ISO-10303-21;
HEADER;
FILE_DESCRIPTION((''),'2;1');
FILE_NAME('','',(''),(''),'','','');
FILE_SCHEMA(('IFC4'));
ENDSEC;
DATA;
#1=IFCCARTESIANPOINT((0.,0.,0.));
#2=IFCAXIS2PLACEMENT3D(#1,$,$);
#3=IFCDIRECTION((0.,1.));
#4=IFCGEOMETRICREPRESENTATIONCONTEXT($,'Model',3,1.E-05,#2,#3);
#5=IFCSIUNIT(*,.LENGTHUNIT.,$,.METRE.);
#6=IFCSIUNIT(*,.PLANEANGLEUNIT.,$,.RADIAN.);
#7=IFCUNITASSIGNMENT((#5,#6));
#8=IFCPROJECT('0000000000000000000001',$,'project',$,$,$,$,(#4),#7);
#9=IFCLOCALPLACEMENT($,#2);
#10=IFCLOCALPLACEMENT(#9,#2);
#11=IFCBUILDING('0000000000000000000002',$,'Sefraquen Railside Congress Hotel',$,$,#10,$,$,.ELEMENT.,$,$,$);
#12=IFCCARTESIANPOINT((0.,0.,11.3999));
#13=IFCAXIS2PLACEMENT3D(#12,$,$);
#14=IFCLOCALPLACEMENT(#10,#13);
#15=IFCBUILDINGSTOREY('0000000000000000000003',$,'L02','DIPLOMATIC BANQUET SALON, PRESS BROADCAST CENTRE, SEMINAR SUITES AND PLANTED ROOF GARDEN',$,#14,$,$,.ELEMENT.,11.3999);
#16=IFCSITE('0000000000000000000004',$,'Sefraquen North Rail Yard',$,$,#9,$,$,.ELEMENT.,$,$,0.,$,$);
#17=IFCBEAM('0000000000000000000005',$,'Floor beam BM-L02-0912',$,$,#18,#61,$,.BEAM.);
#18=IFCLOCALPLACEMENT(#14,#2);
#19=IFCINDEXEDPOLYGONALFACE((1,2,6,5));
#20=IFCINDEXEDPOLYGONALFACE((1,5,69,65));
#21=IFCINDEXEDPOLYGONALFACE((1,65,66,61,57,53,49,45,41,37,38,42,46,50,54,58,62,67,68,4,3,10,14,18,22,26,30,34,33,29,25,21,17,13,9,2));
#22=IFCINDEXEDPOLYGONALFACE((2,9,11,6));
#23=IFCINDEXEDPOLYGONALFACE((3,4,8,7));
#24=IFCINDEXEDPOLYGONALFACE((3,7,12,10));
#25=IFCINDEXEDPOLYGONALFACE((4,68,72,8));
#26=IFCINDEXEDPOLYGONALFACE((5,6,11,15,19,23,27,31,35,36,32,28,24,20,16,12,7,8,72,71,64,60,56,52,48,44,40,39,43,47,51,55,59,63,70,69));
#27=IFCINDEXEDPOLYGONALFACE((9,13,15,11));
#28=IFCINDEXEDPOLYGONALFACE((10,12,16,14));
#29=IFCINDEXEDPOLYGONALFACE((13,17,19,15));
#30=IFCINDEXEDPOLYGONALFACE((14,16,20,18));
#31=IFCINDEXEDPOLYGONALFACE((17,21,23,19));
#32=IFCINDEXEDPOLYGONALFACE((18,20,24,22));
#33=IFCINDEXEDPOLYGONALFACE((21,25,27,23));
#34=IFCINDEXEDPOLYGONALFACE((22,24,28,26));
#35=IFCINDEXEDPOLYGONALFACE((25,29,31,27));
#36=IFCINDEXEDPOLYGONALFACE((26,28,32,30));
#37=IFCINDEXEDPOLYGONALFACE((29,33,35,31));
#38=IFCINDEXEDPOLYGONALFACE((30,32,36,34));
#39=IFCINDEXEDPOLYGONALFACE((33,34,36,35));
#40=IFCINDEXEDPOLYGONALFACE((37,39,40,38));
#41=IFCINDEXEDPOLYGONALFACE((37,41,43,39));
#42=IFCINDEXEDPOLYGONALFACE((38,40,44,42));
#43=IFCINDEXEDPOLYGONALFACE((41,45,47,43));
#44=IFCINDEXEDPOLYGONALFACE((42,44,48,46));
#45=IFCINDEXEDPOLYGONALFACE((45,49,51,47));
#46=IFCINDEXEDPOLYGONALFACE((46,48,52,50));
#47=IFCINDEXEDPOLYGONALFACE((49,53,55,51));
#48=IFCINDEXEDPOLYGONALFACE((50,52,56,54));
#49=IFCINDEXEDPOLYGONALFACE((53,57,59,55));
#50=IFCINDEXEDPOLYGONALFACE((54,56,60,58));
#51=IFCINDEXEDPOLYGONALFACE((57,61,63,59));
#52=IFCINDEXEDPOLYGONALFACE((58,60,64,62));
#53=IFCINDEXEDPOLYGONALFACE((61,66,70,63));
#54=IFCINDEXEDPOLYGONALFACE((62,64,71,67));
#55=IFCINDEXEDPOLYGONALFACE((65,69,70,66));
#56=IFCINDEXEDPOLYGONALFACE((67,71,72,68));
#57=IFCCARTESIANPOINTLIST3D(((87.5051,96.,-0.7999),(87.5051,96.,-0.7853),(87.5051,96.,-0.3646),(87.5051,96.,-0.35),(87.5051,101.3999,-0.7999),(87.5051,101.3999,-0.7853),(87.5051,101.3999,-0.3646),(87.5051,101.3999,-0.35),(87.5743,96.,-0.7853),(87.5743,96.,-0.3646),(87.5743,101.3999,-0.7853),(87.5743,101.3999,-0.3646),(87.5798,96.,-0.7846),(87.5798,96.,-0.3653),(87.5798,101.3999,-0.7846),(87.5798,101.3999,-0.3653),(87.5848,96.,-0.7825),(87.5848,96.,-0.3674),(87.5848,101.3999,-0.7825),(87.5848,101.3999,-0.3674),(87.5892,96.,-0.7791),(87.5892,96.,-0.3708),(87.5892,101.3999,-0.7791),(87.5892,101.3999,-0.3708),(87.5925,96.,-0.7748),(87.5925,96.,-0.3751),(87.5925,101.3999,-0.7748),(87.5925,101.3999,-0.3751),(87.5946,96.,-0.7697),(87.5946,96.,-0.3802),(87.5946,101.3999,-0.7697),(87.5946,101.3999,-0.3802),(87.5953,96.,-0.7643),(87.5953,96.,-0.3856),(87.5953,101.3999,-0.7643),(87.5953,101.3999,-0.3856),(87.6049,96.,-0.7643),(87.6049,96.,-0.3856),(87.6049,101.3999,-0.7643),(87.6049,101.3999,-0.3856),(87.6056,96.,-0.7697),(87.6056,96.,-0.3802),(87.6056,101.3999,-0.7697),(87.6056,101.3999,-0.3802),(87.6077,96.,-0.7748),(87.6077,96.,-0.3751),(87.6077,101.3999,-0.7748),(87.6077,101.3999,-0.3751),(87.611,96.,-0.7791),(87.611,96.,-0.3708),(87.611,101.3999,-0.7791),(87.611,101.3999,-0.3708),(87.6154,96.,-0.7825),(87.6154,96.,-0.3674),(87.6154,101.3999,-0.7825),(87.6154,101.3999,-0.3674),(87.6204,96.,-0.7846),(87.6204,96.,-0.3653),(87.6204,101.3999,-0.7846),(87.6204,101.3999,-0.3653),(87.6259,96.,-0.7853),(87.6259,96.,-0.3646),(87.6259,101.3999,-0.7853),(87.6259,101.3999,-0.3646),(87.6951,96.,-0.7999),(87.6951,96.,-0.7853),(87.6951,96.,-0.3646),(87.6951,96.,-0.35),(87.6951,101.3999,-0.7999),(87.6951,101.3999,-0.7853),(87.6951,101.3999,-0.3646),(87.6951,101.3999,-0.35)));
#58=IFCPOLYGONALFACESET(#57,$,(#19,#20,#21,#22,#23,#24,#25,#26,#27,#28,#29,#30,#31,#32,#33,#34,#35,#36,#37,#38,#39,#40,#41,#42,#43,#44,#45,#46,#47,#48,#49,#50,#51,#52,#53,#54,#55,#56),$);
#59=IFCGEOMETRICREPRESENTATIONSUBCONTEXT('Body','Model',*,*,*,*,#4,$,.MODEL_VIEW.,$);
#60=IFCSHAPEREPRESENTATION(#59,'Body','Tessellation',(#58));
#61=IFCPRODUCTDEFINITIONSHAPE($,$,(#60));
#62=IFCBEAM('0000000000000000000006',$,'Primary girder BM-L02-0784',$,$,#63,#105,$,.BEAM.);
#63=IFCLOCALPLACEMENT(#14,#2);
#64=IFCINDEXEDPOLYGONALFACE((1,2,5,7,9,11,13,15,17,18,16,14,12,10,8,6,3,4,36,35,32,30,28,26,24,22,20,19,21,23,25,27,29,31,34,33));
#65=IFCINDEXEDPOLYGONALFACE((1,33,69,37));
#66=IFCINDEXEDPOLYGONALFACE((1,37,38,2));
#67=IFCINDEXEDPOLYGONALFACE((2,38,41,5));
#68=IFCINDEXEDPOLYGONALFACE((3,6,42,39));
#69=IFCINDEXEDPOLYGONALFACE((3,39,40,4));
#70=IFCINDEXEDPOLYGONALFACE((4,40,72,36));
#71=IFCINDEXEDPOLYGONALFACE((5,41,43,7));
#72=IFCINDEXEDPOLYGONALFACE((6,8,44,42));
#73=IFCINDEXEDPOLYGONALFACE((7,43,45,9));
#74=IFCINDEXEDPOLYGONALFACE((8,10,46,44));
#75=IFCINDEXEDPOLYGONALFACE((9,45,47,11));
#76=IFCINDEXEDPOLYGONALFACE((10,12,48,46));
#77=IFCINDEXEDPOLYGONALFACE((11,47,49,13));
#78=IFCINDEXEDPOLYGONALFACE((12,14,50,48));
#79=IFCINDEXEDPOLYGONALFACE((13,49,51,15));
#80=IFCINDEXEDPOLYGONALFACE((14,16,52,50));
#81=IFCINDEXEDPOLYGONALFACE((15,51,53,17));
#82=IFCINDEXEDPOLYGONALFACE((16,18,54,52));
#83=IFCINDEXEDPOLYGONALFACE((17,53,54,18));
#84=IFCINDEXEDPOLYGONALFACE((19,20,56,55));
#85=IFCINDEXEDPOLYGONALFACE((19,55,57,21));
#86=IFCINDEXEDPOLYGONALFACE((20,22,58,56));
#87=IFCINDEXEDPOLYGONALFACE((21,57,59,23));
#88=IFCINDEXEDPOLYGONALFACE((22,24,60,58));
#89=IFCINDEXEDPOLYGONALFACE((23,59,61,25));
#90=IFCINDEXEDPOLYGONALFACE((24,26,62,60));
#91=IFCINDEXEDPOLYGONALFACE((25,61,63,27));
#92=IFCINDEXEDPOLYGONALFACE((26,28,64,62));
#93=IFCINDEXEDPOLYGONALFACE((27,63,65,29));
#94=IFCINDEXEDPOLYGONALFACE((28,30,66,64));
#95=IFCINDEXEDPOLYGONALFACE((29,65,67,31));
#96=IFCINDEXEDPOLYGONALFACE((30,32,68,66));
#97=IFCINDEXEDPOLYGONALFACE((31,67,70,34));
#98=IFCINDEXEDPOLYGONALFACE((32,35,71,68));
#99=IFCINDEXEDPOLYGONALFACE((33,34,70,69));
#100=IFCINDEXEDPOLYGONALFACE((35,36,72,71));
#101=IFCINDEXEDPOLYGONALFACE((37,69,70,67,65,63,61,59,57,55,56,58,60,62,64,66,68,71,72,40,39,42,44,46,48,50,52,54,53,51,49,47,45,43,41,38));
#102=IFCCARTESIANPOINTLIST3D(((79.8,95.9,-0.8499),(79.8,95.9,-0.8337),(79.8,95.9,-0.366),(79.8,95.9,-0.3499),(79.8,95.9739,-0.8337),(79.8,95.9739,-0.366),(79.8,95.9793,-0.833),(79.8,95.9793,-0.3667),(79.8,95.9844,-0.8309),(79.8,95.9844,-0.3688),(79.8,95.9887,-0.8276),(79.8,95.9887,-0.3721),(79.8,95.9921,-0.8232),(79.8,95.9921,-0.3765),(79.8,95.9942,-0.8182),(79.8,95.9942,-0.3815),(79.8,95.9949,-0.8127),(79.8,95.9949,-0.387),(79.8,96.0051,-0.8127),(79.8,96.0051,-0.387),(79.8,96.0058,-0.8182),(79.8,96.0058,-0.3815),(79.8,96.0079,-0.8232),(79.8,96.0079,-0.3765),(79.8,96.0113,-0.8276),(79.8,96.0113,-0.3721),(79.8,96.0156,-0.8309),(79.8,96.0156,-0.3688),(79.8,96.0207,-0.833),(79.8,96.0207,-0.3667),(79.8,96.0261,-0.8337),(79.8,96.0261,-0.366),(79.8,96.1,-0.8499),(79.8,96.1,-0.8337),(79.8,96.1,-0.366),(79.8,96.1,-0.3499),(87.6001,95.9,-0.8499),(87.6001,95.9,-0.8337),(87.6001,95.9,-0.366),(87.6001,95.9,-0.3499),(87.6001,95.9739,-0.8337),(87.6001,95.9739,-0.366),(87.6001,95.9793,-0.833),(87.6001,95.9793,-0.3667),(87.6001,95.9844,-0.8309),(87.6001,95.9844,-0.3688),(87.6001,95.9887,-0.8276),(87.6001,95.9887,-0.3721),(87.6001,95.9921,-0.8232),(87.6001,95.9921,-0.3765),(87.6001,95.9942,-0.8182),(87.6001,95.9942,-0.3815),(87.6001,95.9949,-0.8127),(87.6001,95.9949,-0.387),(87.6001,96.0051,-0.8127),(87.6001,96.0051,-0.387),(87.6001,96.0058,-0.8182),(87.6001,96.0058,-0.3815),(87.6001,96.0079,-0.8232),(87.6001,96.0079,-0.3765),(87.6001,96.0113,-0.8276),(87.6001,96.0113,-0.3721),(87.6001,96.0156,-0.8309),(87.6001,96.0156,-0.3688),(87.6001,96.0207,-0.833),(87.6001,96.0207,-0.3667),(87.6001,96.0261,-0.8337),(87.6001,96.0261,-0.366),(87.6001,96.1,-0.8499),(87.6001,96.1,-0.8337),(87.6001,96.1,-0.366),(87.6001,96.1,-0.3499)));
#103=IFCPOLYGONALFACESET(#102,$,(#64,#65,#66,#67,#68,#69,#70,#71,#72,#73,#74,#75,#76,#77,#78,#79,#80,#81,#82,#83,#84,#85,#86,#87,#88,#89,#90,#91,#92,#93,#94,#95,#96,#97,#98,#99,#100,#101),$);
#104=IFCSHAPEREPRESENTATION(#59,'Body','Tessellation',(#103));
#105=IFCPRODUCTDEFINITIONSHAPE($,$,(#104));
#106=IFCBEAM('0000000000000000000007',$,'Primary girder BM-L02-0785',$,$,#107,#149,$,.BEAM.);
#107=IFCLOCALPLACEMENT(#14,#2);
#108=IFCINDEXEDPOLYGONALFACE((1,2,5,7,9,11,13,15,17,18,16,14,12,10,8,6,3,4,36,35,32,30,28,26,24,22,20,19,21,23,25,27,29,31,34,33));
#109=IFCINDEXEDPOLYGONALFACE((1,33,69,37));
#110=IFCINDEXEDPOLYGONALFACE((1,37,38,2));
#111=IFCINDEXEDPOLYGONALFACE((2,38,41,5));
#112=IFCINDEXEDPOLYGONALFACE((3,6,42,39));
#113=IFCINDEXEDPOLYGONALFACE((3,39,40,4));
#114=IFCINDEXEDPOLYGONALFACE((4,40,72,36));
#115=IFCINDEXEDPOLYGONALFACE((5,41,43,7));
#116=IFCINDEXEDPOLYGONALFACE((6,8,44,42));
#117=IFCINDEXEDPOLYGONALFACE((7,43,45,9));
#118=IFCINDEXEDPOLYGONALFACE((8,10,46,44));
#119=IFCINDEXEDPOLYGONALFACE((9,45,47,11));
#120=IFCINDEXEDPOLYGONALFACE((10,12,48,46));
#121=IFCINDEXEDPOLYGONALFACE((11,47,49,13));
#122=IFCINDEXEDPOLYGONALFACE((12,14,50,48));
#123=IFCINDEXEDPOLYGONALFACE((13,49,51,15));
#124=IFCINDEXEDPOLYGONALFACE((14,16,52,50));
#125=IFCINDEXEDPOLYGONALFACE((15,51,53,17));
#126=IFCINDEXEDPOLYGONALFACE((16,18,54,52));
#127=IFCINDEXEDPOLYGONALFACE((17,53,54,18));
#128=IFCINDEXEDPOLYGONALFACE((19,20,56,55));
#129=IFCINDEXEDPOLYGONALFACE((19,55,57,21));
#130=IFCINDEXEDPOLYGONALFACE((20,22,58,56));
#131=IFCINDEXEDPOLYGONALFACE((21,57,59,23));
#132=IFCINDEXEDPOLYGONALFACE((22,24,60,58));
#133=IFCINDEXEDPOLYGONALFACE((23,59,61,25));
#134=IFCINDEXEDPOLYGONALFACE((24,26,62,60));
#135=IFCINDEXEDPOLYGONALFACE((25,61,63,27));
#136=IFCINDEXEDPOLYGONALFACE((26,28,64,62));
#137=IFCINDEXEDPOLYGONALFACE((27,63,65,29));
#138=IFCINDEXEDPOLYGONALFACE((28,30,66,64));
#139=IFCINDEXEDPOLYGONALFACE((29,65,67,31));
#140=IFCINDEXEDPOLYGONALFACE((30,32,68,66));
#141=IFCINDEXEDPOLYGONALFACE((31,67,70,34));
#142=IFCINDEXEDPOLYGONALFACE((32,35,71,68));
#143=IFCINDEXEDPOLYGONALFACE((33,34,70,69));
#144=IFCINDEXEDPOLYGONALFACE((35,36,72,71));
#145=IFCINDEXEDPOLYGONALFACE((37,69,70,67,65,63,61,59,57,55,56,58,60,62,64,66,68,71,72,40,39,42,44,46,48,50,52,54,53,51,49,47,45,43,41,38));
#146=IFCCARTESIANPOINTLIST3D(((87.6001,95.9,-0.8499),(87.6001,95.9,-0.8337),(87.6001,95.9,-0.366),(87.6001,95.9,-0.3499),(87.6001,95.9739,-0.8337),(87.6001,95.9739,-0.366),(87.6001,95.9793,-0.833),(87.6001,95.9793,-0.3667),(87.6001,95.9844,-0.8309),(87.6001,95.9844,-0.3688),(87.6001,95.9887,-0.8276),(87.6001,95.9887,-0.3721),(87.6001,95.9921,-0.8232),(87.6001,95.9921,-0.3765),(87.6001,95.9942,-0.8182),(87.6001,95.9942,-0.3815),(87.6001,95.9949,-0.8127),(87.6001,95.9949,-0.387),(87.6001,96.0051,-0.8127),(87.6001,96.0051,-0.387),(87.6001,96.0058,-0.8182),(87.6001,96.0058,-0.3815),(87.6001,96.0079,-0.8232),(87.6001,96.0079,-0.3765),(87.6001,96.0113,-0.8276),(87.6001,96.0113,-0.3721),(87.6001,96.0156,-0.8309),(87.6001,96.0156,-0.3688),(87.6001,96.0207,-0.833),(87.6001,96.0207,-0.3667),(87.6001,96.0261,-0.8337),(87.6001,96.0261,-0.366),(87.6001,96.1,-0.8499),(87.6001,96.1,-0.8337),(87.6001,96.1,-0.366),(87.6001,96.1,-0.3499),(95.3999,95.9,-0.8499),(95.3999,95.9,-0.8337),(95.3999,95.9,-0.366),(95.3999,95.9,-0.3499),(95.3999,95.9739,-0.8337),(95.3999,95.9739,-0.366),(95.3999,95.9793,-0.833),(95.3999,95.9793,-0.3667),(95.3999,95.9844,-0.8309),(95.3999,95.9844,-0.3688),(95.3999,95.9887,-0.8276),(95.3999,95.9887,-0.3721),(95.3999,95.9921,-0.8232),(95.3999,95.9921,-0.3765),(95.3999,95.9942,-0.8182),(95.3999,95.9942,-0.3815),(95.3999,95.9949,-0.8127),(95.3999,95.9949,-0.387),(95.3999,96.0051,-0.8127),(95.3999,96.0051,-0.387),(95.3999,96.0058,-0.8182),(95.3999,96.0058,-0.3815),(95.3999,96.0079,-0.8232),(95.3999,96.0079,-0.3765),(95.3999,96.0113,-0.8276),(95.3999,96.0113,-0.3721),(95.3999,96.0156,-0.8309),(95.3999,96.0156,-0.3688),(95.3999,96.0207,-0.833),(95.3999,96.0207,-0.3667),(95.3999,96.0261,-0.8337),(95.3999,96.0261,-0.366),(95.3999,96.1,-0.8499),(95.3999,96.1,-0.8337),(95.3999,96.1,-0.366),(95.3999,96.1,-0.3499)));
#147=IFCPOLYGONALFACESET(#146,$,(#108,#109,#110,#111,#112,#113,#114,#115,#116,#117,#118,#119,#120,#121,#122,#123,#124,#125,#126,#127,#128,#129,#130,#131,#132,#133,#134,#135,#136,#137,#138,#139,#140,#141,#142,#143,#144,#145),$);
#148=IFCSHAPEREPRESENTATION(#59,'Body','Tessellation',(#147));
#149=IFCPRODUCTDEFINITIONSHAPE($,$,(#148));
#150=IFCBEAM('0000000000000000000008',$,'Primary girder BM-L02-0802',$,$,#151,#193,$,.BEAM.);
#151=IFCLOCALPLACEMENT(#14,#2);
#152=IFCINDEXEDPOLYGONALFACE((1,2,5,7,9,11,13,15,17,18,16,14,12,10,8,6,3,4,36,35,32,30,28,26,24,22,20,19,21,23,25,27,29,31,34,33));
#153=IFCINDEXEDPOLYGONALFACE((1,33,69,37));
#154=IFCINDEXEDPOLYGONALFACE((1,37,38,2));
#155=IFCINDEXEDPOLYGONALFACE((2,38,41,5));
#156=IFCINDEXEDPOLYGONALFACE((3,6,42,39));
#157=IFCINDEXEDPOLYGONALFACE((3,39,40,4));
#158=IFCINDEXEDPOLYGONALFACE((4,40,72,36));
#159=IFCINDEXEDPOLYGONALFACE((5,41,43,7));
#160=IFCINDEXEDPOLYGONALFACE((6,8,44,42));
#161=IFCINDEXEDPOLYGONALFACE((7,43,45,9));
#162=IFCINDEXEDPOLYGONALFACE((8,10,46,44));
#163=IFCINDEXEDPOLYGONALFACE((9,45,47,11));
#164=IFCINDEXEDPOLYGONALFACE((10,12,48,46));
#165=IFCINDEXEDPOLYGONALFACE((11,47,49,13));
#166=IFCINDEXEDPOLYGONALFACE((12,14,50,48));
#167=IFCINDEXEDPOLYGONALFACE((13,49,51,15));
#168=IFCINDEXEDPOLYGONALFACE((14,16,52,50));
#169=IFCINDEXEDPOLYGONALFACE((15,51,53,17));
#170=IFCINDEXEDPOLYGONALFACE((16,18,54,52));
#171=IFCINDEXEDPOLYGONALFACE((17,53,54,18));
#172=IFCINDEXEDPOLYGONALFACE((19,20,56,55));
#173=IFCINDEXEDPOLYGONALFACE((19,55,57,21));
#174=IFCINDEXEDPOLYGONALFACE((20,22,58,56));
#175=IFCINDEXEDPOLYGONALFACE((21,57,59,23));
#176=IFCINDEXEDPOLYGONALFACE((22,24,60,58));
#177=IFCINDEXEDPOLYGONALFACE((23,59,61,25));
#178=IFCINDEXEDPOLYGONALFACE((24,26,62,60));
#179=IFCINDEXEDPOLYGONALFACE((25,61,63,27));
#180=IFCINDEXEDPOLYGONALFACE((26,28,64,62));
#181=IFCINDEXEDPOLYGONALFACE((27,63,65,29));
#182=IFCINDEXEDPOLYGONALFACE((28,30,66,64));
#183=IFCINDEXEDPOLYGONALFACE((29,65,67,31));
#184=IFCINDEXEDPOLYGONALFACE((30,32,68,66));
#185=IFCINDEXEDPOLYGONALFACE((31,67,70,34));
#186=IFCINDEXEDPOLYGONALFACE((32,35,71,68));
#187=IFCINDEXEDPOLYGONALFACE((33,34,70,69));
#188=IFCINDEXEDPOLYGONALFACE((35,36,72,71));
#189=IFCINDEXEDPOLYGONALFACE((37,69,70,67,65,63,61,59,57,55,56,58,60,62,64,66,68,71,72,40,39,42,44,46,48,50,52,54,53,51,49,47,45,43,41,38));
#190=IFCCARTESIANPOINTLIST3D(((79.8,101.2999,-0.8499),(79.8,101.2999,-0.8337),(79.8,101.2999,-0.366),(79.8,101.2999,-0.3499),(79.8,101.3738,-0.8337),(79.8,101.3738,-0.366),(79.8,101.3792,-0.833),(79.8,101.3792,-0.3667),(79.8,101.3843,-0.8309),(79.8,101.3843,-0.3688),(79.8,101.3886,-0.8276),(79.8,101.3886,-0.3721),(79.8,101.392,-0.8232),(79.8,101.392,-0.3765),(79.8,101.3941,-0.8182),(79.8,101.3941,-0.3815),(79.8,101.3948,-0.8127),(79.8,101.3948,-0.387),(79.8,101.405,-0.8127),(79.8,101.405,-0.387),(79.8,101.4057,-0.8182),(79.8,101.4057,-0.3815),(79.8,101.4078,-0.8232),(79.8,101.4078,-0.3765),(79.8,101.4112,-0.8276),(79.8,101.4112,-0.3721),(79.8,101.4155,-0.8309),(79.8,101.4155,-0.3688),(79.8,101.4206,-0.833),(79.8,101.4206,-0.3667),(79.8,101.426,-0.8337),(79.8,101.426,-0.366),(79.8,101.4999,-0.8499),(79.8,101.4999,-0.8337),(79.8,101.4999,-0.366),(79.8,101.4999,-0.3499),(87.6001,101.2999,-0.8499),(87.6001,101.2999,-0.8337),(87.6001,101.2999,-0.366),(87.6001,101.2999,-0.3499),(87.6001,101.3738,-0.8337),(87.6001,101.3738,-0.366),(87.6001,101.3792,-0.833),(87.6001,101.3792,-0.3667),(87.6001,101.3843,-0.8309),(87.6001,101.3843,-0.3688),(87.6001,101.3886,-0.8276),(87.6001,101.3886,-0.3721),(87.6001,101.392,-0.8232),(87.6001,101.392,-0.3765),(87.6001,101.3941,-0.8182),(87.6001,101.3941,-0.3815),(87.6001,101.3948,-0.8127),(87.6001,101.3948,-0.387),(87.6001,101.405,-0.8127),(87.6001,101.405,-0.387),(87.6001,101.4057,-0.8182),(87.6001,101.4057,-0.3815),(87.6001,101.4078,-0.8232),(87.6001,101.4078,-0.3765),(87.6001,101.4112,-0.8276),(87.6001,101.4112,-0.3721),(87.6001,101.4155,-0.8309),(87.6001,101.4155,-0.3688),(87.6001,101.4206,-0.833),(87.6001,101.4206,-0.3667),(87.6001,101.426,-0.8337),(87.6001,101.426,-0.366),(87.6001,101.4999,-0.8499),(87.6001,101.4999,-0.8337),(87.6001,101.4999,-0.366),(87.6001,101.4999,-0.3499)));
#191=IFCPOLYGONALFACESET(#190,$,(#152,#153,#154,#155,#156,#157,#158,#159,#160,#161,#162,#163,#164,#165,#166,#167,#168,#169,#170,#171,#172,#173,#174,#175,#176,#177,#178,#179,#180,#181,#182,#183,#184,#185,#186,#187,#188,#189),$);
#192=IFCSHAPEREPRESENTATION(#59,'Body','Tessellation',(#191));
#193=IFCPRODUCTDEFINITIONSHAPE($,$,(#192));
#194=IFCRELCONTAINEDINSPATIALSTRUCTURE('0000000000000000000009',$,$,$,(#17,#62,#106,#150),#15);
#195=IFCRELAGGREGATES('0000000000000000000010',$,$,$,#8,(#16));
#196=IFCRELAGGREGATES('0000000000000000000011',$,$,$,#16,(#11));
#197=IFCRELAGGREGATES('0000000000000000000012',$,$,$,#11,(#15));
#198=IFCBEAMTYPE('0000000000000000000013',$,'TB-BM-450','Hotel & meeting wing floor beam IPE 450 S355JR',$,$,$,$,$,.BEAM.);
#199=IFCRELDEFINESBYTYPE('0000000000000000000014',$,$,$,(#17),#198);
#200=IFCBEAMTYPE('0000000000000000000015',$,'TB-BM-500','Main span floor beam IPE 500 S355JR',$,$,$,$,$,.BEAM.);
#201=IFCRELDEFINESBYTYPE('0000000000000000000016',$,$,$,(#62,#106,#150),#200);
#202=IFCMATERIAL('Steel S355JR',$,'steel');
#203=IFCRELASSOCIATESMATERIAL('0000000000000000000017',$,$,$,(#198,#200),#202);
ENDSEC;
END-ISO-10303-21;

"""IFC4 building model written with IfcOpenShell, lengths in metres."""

from ifc_helpers import new_model, si_unit, direction, frame, origin, origin_2d, place, context, subcontext, project, spatial, i_section, extrude, material, material_profile, profile_set, type_object, element, save


model = new_model("IFC4")

# Units and contexts
model_context = context("Model", 3, precision=1e-05, world=origin(), true_north=direction((0.0, 1.0)))
body_context = subcontext(model_context, "Body", "Model", "MODEL_VIEW")
ifc_project = project(units=[si_unit("LENGTHUNIT", "METRE"), si_unit("PLANEANGLEUNIT", "RADIAN")], contexts=[model_context])

# Site, building, storey
site_placement = place(None, origin())
site = spatial("IfcSite", under=ifc_project, at=site_placement, Name="Sefraquen North Rail Yard", CompositionType="ELEMENT", RefElevation=0.0)
building_placement = place(site_placement, origin())
building = spatial("IfcBuilding", under=site, at=building_placement, Name="Sefraquen Railside Congress Hotel", CompositionType="ELEMENT")
storey_placement = place(building_placement, frame((0.0, 0.0, 11.3999)))
storey = spatial("IfcBuildingStorey", under=building, at=storey_placement, Name="L02", Description="DIPLOMATIC BANQUET SALON, PRESS BROADCAST CENTRE, SEMINAR SUITES AND PLANTED ROOF GARDEN", CompositionType="ELEMENT", Elevation=11.3999)

# Shared definitions
ifc_material_1 = material(Name="Steel S355JR", Category="steel")

# Beams
ifc_material_profile_1 = material_profile(ifc_material_1, i_section(OverallWidth=0.1899, OverallDepth=0.45, WebThickness=0.0095, FlangeThickness=0.0146, FilletRadius=0.021, at=origin_2d()), Name="IPE 450")
ifc_profile_set_1 = profile_set([ifc_material_profile_1], Name="Steel S355JR")
beam_type_1 = type_object("IfcBeamType", Name="TB-BM-450", Description="Hotel & meeting wing floor beam IPE 450 S355JR", PredefinedType="BEAM", material=ifc_profile_set_1)
beam_1_placement = place(storey_placement, frame((87.6001, 96.0, -0.575), z_axis=(0.0, 1.0, 0.0), x_axis=(-1.0, 0.0, 0.0)))
element("IfcBeam", 1, at=beam_1_placement, inside=storey, type_object=beam_type_1, Name="Floor beam BM-L02-0912", PredefinedType="BEAM", context=body_context, shape_type="SweptSolid", body=[
    extrude(i_section(OverallWidth=0.1899, OverallDepth=0.45, WebThickness=0.0095, FlangeThickness=0.0146, FilletRadius=0.021, at=origin_2d()), origin(), (0.0, 0.0, 1.0), 5.3999),
])
ifc_material_profile_2 = material_profile(ifc_material_1, i_section(OverallWidth=0.2, OverallDepth=0.5, WebThickness=0.0103, FlangeThickness=0.0161, FilletRadius=0.021, at=origin_2d()), Name="IPE 500")
ifc_profile_set_2 = profile_set([ifc_material_profile_2], Name="Steel S355JR")
beam_type_2 = type_object("IfcBeamType", Name="TB-BM-500", Description="Main span floor beam IPE 500 S355JR", PredefinedType="BEAM", material=ifc_profile_set_2)
beam_2_placement = place(storey_placement, frame((79.8, 96.0, -0.5999), z_axis=(1.0, 0.0, 0.0), x_axis=(0.0, 1.0, 0.0)))
element("IfcBeam", 2, at=beam_2_placement, inside=storey, type_object=beam_type_2, Name="Primary girder BM-L02-0784", PredefinedType="BEAM", context=body_context, shape_type="SweptSolid", body=[
    extrude(i_section(OverallWidth=0.2, OverallDepth=0.5, WebThickness=0.0103, FlangeThickness=0.0161, FilletRadius=0.021, at=origin_2d()), origin(), (0.0, 0.0, 1.0), 7.8),
])
beam_3_placement = place(storey_placement, frame((87.6001, 96.0, -0.5999), z_axis=(1.0, 0.0, 0.0), x_axis=(0.0, 1.0, 0.0)))
element("IfcBeam", 3, at=beam_3_placement, inside=storey, type_object=beam_type_2, Name="Primary girder BM-L02-0785", PredefinedType="BEAM", context=body_context, shape_type="SweptSolid", body=[
    extrude(i_section(OverallWidth=0.2, OverallDepth=0.5, WebThickness=0.0103, FlangeThickness=0.0161, FilletRadius=0.021, at=origin_2d()), origin(), (0.0, 0.0, 1.0), 7.7998),
])
beam_4_placement = place(storey_placement, frame((79.8, 101.3999, -0.5999), z_axis=(1.0, 0.0, 0.0), x_axis=(0.0, 1.0, 0.0)))
element("IfcBeam", 4, at=beam_4_placement, inside=storey, type_object=beam_type_2, Name="Primary girder BM-L02-0802", PredefinedType="BEAM", context=body_context, shape_type="SweptSolid", body=[
    extrude(i_section(OverallWidth=0.2, OverallDepth=0.5, WebThickness=0.0103, FlangeThickness=0.0161, FilletRadius=0.021, at=origin_2d()), origin(), (0.0, 0.0, 1.0), 7.8),
])

save(model, "model.ifc")
